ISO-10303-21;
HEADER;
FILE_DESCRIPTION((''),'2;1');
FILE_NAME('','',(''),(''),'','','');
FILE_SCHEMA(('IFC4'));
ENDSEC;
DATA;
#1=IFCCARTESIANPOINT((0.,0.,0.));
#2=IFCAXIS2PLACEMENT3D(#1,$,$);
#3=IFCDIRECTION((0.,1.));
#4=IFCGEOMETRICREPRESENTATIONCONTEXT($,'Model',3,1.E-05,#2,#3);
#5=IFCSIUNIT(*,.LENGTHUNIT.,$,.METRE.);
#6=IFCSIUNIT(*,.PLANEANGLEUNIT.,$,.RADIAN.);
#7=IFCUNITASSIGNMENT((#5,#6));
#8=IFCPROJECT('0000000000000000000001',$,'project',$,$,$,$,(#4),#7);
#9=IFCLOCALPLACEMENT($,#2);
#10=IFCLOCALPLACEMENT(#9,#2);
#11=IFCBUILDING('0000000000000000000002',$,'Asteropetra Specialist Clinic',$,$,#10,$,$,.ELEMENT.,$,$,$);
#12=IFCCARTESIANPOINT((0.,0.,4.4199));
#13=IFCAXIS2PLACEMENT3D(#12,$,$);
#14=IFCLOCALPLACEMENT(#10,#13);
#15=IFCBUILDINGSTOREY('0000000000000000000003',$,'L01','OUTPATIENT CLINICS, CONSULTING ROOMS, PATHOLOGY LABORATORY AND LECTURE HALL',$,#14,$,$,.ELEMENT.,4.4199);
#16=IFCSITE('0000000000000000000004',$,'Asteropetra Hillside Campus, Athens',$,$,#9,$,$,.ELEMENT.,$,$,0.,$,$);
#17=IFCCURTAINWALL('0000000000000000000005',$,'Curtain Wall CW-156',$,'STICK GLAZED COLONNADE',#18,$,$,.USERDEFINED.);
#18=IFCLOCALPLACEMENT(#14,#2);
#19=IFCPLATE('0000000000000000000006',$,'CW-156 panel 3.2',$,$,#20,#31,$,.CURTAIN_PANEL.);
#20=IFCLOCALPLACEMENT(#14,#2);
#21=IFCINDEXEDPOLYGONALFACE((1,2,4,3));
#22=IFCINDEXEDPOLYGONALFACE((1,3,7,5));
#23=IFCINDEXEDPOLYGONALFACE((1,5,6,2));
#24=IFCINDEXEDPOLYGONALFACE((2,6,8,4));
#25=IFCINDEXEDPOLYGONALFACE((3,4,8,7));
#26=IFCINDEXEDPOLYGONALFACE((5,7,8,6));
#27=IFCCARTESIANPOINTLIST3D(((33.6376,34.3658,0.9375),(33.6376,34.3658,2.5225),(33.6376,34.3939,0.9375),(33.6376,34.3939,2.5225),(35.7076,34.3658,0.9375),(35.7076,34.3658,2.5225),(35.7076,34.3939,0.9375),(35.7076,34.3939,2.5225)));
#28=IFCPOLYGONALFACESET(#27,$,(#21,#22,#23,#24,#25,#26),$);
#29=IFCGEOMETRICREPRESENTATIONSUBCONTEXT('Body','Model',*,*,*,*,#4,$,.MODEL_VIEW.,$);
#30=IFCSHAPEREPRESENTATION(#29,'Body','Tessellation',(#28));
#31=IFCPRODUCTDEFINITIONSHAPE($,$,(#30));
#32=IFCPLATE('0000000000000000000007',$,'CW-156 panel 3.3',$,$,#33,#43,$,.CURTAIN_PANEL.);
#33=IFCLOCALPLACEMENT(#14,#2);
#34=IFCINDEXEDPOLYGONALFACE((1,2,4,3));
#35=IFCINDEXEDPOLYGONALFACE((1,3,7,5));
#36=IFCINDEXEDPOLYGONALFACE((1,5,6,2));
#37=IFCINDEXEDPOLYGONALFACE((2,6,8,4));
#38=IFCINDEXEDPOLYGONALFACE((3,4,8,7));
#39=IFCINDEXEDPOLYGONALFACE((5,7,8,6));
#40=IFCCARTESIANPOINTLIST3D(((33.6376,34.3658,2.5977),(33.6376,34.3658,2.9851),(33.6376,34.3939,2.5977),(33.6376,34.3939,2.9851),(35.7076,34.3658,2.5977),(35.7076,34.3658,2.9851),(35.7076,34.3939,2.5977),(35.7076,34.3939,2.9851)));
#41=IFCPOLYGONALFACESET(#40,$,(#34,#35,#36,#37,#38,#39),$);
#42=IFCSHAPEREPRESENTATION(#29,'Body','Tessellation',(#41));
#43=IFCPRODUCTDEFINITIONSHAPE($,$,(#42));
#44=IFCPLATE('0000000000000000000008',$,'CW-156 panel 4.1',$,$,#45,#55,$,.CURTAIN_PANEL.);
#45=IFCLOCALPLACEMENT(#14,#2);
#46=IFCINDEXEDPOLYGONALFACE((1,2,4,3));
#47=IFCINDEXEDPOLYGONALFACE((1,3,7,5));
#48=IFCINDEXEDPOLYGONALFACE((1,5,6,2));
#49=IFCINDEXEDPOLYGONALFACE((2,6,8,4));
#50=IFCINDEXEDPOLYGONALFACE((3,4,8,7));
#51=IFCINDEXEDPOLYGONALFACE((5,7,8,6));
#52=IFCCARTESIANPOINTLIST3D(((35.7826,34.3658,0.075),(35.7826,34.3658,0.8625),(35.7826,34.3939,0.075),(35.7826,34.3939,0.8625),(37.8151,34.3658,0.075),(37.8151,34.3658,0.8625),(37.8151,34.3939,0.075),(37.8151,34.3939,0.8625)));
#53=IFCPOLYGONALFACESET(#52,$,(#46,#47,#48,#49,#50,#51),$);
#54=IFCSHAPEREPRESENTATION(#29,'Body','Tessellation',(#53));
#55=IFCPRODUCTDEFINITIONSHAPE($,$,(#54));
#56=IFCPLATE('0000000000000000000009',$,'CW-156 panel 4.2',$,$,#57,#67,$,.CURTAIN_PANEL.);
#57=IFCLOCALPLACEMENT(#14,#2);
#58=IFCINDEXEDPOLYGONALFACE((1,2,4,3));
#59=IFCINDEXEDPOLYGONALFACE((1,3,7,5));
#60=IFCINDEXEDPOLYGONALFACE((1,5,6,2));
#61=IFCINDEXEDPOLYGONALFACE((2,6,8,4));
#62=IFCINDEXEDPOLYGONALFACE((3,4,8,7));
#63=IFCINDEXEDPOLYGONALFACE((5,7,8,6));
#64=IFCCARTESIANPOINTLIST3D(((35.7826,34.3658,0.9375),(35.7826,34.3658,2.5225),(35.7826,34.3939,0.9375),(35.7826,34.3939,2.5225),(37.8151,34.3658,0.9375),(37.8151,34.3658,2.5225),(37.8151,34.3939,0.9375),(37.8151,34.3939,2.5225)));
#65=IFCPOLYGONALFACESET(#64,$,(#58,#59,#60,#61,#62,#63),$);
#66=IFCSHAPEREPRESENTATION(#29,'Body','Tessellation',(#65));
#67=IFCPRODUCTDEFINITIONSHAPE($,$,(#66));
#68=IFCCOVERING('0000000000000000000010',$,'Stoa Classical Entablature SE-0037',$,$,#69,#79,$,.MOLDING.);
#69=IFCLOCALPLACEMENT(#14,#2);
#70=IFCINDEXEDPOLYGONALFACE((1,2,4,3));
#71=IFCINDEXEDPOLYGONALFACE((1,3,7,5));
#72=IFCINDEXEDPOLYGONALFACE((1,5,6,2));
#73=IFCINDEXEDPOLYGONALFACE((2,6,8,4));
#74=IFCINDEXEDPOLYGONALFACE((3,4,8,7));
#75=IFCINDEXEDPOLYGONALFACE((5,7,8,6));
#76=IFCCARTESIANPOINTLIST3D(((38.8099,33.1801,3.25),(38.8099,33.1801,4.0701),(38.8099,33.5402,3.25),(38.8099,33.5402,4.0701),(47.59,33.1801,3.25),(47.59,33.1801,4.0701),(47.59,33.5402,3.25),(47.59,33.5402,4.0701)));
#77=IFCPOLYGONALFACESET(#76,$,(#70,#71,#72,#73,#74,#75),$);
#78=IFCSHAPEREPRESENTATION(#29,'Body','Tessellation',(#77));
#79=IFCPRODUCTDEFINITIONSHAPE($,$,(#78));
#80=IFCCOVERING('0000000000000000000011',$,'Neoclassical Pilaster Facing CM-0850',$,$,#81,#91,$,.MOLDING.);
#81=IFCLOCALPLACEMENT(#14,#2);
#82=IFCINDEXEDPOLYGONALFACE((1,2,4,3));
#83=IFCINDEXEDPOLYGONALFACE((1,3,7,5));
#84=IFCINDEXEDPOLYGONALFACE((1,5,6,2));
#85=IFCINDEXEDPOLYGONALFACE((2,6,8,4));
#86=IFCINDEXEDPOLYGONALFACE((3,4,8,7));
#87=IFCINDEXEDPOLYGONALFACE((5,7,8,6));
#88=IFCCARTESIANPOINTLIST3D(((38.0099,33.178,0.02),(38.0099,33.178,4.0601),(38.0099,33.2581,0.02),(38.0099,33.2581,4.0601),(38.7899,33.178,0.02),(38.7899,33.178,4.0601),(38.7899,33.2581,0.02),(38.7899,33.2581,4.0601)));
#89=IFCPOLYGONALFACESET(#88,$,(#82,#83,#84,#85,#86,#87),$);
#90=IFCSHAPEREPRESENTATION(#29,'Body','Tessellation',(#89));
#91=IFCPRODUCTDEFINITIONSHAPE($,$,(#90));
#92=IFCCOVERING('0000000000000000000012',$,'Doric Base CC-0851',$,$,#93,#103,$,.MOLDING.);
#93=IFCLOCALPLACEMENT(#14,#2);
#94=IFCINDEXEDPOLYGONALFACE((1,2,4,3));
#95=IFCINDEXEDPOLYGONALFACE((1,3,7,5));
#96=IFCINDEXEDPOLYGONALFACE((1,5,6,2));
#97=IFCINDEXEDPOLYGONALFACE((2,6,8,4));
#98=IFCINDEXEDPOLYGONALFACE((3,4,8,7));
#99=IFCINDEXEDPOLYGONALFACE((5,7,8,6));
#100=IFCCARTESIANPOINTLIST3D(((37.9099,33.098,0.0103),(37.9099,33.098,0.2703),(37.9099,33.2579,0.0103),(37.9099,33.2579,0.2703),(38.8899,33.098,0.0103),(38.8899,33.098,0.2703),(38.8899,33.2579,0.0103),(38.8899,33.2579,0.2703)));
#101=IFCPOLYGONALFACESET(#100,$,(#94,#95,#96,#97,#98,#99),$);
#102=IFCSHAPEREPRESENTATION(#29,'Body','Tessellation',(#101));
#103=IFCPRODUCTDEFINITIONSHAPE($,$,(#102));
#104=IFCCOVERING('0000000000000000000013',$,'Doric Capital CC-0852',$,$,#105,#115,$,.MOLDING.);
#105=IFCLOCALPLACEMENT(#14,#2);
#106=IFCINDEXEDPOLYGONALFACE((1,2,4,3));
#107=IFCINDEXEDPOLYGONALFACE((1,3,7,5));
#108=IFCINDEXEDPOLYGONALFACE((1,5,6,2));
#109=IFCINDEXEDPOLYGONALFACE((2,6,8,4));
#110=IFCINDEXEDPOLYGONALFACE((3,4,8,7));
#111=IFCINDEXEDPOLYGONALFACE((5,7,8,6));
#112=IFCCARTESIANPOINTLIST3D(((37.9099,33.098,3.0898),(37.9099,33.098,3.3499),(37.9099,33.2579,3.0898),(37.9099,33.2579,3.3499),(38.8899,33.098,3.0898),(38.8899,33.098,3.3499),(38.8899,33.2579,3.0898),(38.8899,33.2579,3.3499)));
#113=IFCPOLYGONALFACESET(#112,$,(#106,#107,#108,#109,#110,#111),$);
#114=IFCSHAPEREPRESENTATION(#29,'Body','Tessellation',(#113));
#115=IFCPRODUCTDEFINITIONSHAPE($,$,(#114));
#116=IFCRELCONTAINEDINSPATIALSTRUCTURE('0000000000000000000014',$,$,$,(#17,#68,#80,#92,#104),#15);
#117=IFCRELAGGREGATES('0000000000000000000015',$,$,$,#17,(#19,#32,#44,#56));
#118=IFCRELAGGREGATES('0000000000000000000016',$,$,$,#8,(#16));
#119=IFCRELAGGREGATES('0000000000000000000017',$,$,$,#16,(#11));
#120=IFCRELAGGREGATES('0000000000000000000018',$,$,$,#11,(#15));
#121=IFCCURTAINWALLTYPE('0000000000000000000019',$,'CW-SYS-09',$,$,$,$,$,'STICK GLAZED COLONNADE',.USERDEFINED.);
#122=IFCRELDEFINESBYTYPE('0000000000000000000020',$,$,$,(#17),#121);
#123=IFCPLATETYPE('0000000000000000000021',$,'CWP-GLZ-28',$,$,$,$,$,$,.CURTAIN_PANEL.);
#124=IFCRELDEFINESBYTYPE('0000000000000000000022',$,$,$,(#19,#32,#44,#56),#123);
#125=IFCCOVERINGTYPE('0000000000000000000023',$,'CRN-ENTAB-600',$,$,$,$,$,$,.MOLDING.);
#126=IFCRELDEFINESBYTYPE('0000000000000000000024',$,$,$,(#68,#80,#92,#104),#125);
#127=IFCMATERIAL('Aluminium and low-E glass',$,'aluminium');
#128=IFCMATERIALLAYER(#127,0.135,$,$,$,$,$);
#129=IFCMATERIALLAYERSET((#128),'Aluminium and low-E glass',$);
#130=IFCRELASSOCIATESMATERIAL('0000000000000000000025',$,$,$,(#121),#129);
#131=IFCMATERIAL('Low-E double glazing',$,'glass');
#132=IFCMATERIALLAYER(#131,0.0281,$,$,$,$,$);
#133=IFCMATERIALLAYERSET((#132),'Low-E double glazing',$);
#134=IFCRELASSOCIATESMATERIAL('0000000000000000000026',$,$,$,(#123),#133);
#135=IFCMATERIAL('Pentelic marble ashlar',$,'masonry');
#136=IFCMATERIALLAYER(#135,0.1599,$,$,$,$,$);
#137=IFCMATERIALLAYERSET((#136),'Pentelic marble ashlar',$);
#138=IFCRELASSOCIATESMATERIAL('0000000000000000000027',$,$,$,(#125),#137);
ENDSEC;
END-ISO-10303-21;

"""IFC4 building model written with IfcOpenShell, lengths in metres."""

from ifc_helpers import new_model, si_unit, direction, frame, origin, origin_2d, place, context, subcontext, project, spatial, rectangle, extrude, material, layer, layer_set, type_object, element, aggregate, save


model = new_model("IFC4")

# Units and contexts
model_context = context("Model", 3, precision=1e-05, world=origin(), true_north=direction((0.0, 1.0)))
body_context = subcontext(model_context, "Body", "Model", "MODEL_VIEW")
ifc_project = project(units=[si_unit("LENGTHUNIT", "METRE"), si_unit("PLANEANGLEUNIT", "RADIAN")], contexts=[model_context])

# Site, building, storey
site_placement = place(None, origin())
site = spatial("IfcSite", under=ifc_project, at=site_placement, Name="Asteropetra Hillside Campus, Athens", CompositionType="ELEMENT", RefElevation=0.0)
building_placement = place(site_placement, origin())
building = spatial("IfcBuilding", under=site, at=building_placement, Name="Asteropetra Specialist Clinic", CompositionType="ELEMENT")
storey_placement = place(building_placement, frame((0.0, 0.0, 4.4199)))
storey = spatial("IfcBuildingStorey", under=building, at=storey_placement, Name="L01", Description="OUTPATIENT CLINICS, CONSULTING ROOMS, PATHOLOGY LABORATORY AND LECTURE HALL", CompositionType="ELEMENT", Elevation=4.4199)

# Curtain wall
ifc_material_1 = material(Name="Aluminium and low-E glass", Category="aluminium")
ifc_layer_1 = layer(ifc_material_1, 0.135)
ifc_layer_set_1 = layer_set([ifc_layer_1], Name="Aluminium and low-E glass")
curtain_wall_type = type_object("IfcCurtainWallType", Name="CW-SYS-09", ElementType="STICK GLAZED COLONNADE", PredefinedType="USERDEFINED", material=ifc_layer_set_1)
curtain_wall_placement = place(storey_placement, origin())
curtain_wall = element("IfcCurtainWall", 1, at=curtain_wall_placement, inside=storey, type_object=curtain_wall_type, Name="Curtain Wall CW-156", ObjectType="STICK GLAZED COLONNADE", PredefinedType="USERDEFINED")

# Plates
ifc_material_2 = material(Name="Low-E double glazing", Category="glass")
ifc_layer_2 = layer(ifc_material_2, 0.0281)
ifc_layer_set_2 = layer_set([ifc_layer_2], Name="Low-E double glazing")
plate_type = type_object("IfcPlateType", Name="CWP-GLZ-28", PredefinedType="CURTAIN_PANEL", material=ifc_layer_set_2)
plate_1_placement = place(storey_placement, frame((34.6726, 34.3799, 0.9375), z_axis=(0.0, 0.0, 1.0), x_axis=(1.0, 0.0, 0.0)))
plate_1 = element("IfcPlate", 2, at=plate_1_placement, type_object=plate_type, Name="CW-156 panel 3.2", PredefinedType="CURTAIN_PANEL", context=body_context, shape_type="SweptSolid", body=[
    extrude(rectangle(XDim=2.0701, YDim=0.0281, at=origin_2d()), origin(), (0.0, 0.0, 1.0), 1.585),
])
plate_2_placement = place(storey_placement, frame((34.6726, 34.3799, 2.5977), z_axis=(0.0, 0.0, 1.0), x_axis=(1.0, 0.0, 0.0)))
plate_2 = element("IfcPlate", 3, at=plate_2_placement, type_object=plate_type, Name="CW-156 panel 3.3", PredefinedType="CURTAIN_PANEL", context=body_context, shape_type="SweptSolid", body=[
    extrude(rectangle(XDim=2.0701, YDim=0.0281, at=origin_2d()), origin(), (0.0, 0.0, 1.0), 0.3875),
])
plate_3_placement = place(storey_placement, frame((36.7988, 34.3799, 0.075), z_axis=(0.0, 0.0, 1.0), x_axis=(1.0, 0.0, 0.0)))
plate_3 = element("IfcPlate", 4, at=plate_3_placement, type_object=plate_type, Name="CW-156 panel 4.1", PredefinedType="CURTAIN_PANEL", context=body_context, shape_type="SweptSolid", body=[
    extrude(rectangle(XDim=2.0325, YDim=0.0281, at=origin_2d()), origin(), (0.0, 0.0, 1.0), 0.7876),
])
plate_4_placement = place(storey_placement, frame((36.7988, 34.3799, 0.9375), z_axis=(0.0, 0.0, 1.0), x_axis=(1.0, 0.0, 0.0)))
plate_4 = element("IfcPlate", 5, at=plate_4_placement, type_object=plate_type, Name="CW-156 panel 4.2", PredefinedType="CURTAIN_PANEL", context=body_context, shape_type="SweptSolid", body=[
    extrude(rectangle(XDim=2.0325, YDim=0.0281, at=origin_2d()), origin(), (0.0, 0.0, 1.0), 1.585),
])
aggregate(curtain_wall, [plate_1, plate_2, plate_3, plate_4])

# Coverings
ifc_material_3 = material(Name="Pentelic marble ashlar", Category="masonry")
ifc_layer_3 = layer(ifc_material_3, 0.1599)
ifc_layer_set_3 = layer_set([ifc_layer_3], Name="Pentelic marble ashlar")
covering_type = type_object("IfcCoveringType", Name="CRN-ENTAB-600", PredefinedType="MOLDING", material=ifc_layer_set_3)
covering_1_placement = place(storey_placement, frame((43.2, 33.3601, 3.25), z_axis=(0.0, 0.0, 1.0), x_axis=(1.0, 0.0, 0.0)))
element("IfcCovering", 6, at=covering_1_placement, inside=storey, type_object=covering_type, Name="Stoa Classical Entablature SE-0037", PredefinedType="MOLDING", context=body_context, shape_type="SweptSolid", body=[
    extrude(rectangle(XDim=8.78, YDim=0.3601, at=origin_2d()), origin(), (0.0, 0.0, 1.0), 0.8201),
])
covering_2_placement = place(storey_placement, frame((38.3999, 33.218, 0.02), z_axis=(0.0, 0.0, 1.0), x_axis=(1.0, 0.0, 0.0)))
element("IfcCovering", 7, at=covering_2_placement, inside=storey, type_object=covering_type, Name="Neoclassical Pilaster Facing CM-0850", PredefinedType="MOLDING", context=body_context, shape_type="SweptSolid", body=[
    extrude(rectangle(XDim=0.78, YDim=0.0801, at=origin_2d()), origin(), (0.0, 0.0, 1.0), 4.04),
])
for number, where, z_axis, x_axis, name in (
    (8, (38.3999, 33.178, 0.0103), (0.0, 0.0, 1.0), (1.0, 0.0, 0.0), "Doric Base CC-0851"),
    (9, (38.3999, 33.178, 3.0898), (0.0, 0.0, 1.0), (1.0, 0.0, 0.0), "Doric Capital CC-0852"),
):
    element("IfcCovering", number, at=place(storey_placement, frame(where, z_axis=z_axis, x_axis=x_axis)), inside=storey, type_object=covering_type, Name=name, PredefinedType="MOLDING", context=body_context, shape_type="SweptSolid", body=[
        extrude(rectangle(XDim=0.98, YDim=0.1599, at=origin_2d()), origin(), (0.0, 0.0, 1.0), 0.26),
    ])

save(model, "model.ifc")
